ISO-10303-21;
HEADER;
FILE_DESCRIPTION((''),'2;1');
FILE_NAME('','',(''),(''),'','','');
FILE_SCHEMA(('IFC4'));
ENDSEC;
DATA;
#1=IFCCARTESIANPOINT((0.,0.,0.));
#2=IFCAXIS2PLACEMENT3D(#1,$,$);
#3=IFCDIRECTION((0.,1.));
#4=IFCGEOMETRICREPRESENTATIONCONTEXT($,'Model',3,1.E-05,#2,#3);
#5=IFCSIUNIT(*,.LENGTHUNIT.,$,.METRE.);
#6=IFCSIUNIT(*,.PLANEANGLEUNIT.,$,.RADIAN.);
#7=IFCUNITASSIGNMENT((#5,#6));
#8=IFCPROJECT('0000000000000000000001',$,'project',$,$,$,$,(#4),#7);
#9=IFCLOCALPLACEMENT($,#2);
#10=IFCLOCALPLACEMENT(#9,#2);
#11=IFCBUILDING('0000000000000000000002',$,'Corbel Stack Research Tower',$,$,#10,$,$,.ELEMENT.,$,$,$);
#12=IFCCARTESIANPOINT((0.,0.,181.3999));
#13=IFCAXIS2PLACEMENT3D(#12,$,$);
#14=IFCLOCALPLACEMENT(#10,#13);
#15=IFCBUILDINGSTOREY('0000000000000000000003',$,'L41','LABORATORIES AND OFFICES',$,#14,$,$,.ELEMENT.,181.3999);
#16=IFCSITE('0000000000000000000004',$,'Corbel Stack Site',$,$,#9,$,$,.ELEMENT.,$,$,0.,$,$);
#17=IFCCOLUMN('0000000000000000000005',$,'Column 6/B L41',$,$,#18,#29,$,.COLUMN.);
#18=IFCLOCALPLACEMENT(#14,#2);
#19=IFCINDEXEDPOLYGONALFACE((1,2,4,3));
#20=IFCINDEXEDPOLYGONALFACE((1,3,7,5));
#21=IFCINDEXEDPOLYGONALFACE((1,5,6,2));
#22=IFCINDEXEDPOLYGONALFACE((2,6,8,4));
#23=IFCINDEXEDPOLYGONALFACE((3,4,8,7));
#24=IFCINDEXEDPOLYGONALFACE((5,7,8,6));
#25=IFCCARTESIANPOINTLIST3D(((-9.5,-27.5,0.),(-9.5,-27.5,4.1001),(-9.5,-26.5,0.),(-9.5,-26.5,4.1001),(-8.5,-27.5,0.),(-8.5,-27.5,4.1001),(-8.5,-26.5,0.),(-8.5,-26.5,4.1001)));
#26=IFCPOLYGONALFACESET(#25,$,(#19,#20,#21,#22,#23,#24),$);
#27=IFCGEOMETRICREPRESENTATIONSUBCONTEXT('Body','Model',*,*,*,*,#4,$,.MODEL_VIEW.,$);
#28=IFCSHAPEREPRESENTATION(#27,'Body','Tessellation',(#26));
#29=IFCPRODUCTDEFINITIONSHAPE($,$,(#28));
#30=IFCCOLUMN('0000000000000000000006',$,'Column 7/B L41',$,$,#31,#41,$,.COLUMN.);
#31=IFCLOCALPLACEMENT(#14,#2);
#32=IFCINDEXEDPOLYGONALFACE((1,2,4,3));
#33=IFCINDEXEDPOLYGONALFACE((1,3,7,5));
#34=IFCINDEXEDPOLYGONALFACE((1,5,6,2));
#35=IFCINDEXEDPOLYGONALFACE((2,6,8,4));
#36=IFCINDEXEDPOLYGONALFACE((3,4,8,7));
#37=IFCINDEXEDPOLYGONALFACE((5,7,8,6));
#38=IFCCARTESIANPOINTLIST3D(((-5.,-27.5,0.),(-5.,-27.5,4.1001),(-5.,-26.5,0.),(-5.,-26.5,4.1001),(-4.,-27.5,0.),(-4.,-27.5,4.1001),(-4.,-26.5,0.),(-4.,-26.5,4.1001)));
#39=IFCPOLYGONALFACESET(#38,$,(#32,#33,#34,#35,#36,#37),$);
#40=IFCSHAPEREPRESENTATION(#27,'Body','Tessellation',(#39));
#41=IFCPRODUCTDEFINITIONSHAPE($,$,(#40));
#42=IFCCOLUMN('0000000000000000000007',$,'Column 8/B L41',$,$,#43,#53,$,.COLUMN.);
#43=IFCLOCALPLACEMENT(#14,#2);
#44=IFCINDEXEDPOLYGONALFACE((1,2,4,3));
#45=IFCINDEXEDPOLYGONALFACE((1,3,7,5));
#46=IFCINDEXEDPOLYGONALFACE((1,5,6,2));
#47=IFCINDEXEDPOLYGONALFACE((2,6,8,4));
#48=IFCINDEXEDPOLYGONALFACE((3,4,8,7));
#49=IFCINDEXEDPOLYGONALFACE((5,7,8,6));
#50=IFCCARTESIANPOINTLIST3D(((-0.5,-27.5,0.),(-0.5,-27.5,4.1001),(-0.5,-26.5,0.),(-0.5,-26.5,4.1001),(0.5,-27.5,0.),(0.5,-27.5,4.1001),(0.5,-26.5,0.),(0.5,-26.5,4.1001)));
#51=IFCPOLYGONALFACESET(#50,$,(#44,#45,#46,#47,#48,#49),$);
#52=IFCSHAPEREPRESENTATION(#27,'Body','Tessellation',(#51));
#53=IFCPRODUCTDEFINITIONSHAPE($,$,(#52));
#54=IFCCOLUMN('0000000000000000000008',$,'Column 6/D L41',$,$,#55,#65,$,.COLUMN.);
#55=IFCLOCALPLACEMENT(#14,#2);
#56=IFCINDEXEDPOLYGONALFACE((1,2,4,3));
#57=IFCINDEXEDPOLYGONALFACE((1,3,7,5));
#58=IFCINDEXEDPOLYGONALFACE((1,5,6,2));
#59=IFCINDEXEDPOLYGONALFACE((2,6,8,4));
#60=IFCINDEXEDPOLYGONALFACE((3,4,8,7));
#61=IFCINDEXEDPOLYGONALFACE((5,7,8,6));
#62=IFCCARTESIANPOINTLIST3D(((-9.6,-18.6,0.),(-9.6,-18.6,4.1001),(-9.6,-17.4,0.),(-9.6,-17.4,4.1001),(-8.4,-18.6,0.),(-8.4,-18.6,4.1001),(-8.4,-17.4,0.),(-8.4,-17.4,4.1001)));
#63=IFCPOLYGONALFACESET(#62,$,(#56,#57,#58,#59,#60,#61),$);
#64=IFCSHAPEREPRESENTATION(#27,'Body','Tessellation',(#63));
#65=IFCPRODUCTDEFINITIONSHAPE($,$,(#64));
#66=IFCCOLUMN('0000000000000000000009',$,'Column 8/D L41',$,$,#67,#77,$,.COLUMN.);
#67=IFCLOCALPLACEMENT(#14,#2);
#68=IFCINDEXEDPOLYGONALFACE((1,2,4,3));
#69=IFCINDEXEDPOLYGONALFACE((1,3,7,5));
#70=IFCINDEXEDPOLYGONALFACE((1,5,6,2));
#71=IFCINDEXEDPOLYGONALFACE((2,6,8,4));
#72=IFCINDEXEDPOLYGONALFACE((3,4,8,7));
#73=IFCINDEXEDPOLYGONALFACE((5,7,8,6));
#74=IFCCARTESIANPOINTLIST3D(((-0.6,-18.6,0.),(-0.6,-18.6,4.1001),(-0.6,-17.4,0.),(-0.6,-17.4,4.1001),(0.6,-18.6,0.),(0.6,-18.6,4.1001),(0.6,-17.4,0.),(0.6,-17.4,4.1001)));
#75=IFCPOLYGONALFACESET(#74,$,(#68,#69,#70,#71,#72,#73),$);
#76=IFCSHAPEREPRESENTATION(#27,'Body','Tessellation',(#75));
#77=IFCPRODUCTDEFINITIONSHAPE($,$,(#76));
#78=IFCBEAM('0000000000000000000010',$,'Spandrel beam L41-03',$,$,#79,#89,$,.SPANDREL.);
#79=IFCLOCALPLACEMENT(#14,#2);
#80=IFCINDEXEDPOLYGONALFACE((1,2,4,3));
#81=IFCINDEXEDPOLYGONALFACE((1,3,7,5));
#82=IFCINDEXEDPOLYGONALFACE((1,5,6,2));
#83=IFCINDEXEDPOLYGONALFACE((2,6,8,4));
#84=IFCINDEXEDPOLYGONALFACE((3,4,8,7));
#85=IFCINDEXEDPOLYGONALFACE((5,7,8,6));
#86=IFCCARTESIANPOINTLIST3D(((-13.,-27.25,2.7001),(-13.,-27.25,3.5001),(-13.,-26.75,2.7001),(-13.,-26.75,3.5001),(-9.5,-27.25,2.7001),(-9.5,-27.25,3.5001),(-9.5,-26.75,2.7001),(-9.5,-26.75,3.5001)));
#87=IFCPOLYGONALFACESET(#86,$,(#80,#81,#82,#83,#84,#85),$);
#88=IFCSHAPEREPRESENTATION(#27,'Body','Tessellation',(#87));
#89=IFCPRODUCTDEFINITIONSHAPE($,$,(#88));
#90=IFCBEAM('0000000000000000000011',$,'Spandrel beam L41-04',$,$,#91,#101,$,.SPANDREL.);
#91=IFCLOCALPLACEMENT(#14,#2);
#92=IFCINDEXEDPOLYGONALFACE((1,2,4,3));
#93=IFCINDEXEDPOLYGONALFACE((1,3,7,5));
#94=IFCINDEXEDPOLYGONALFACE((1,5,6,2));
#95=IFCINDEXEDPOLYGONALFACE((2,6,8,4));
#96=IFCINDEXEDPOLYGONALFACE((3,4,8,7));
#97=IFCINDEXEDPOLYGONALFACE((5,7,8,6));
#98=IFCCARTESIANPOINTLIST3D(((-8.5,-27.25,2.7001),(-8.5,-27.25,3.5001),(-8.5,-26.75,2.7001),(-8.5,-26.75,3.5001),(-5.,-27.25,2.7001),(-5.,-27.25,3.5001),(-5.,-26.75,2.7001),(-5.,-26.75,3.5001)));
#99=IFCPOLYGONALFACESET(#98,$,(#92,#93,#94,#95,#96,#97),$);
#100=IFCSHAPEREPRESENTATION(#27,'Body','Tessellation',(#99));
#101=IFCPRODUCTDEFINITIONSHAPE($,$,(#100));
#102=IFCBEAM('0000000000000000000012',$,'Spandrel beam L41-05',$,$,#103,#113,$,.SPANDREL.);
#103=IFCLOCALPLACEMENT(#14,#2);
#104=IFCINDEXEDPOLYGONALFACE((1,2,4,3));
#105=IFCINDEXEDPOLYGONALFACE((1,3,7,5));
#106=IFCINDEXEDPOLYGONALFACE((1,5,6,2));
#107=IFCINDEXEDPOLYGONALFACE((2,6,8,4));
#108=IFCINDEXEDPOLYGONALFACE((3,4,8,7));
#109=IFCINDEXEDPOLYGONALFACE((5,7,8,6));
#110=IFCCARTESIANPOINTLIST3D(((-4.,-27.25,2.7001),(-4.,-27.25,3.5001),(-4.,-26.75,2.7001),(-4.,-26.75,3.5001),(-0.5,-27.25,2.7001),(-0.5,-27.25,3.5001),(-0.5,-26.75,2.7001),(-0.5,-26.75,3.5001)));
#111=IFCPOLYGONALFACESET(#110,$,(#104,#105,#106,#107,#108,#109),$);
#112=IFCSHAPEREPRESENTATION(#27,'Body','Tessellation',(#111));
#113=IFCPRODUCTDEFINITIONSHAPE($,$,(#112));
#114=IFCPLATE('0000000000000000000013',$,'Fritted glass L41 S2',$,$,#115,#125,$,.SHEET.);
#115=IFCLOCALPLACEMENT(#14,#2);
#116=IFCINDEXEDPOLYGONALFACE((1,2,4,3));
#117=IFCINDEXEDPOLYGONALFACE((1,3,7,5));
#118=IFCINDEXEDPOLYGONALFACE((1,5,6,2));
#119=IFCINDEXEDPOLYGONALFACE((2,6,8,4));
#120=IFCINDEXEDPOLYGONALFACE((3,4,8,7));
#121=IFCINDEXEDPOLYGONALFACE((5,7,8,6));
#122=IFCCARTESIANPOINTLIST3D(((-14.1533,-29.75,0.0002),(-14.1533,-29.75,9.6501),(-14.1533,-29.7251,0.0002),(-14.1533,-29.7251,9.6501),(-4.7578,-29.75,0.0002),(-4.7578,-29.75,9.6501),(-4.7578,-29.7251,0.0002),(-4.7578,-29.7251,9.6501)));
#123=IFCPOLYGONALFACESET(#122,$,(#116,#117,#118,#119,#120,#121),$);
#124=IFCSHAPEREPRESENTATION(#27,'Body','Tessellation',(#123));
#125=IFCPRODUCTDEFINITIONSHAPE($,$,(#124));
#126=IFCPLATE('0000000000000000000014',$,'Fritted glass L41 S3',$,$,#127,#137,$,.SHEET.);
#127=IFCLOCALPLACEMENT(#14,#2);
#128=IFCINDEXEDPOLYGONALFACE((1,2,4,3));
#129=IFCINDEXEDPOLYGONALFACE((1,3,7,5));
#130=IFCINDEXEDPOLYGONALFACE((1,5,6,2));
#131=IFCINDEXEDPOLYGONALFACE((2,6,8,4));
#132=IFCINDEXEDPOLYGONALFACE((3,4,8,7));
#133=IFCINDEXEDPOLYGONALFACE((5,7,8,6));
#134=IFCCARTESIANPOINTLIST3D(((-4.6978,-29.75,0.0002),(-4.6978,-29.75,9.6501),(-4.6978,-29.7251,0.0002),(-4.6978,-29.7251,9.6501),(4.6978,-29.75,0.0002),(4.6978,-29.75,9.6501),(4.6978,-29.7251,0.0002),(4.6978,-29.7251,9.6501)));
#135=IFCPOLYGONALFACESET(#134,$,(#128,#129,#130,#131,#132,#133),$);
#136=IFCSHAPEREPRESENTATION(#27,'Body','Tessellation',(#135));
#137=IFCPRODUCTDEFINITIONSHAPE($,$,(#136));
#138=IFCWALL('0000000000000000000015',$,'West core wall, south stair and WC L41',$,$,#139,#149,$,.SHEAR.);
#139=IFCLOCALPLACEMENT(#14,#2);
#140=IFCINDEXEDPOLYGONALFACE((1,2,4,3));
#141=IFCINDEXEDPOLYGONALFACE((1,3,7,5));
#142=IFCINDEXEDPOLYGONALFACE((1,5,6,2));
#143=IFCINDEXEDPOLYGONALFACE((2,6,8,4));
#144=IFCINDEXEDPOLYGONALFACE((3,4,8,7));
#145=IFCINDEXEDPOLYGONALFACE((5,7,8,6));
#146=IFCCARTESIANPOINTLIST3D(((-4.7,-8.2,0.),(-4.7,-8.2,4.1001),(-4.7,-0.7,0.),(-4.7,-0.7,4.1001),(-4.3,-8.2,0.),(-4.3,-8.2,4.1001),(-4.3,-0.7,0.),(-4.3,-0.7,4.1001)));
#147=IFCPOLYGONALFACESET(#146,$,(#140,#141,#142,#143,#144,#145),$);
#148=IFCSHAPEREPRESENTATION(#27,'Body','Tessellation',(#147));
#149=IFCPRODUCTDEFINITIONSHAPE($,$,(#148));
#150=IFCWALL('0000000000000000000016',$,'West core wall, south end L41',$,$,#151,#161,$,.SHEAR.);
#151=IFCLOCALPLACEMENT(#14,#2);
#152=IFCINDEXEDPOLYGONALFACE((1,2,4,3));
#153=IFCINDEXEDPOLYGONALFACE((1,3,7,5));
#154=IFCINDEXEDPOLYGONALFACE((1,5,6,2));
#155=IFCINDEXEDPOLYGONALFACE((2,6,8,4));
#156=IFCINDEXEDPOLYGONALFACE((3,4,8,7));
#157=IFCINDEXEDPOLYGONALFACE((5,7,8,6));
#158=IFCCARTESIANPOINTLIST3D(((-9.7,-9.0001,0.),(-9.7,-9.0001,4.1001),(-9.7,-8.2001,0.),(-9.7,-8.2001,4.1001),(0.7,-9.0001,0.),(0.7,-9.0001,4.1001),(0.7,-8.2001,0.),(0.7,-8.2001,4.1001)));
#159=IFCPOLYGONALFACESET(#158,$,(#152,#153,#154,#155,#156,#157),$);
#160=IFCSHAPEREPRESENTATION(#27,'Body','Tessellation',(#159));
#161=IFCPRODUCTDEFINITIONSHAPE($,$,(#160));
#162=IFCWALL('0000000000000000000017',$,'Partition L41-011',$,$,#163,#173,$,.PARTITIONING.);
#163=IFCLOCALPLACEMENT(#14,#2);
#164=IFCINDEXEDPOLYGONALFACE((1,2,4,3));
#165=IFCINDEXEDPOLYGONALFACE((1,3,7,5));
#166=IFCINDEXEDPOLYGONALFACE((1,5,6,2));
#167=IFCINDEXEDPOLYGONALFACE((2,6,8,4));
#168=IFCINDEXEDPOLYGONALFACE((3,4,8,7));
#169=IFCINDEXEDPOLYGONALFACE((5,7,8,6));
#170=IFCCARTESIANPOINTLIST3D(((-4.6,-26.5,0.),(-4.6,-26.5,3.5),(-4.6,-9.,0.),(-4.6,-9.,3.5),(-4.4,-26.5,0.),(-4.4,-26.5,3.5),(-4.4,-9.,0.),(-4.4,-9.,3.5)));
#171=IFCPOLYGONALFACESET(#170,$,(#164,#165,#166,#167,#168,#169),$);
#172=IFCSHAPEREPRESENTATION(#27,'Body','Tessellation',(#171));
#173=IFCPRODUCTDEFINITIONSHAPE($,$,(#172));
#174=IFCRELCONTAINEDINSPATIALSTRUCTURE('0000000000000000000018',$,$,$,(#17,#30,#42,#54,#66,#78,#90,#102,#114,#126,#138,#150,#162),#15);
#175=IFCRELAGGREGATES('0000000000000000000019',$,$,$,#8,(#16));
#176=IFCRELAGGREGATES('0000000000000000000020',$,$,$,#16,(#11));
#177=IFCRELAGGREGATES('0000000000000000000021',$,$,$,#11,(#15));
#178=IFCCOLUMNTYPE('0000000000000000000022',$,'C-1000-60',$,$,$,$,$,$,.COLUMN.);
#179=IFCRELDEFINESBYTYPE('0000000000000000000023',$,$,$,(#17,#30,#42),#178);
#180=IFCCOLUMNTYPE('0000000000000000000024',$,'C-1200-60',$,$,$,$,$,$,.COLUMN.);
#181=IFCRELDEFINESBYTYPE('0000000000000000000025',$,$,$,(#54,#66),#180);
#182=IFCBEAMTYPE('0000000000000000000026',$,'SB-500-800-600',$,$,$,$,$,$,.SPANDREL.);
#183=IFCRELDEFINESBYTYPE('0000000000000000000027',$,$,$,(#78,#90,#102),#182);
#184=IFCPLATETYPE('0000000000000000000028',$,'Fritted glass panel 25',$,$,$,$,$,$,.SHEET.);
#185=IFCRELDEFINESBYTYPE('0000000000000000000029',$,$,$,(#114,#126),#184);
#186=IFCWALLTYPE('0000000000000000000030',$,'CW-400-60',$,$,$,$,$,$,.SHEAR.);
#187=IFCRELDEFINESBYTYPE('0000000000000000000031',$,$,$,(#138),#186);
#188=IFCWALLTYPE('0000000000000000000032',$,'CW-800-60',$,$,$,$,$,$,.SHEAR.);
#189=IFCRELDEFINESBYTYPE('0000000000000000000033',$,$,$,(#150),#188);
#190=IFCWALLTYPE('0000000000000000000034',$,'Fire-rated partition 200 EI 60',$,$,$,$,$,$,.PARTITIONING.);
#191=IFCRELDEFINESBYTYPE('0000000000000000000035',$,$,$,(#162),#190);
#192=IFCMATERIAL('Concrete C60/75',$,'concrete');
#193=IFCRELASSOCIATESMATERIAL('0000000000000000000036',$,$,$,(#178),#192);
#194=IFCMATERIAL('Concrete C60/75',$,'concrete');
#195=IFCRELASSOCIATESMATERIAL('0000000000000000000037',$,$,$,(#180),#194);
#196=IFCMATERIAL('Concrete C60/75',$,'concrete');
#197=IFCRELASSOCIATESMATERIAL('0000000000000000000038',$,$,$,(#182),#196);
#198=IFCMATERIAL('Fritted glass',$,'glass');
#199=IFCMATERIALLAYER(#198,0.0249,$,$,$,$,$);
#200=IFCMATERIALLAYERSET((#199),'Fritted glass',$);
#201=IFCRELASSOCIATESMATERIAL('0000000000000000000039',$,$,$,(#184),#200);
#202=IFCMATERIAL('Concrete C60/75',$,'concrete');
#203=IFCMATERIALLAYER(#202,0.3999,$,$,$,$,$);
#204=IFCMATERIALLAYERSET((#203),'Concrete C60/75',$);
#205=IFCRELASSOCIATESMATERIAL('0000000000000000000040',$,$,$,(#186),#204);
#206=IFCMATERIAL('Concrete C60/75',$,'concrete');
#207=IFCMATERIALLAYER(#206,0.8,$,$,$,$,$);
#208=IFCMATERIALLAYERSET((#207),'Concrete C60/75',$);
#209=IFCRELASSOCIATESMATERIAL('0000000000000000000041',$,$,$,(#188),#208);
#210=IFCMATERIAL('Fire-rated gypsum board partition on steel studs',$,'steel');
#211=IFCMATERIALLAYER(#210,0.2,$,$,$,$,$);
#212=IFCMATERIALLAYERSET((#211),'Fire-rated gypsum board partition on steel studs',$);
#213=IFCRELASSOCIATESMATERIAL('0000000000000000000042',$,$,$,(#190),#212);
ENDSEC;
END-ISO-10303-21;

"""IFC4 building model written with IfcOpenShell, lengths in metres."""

from ifc_helpers import new_model, si_unit, direction, frame, frame_2d, origin, origin_2d, place, context, subcontext, project, spatial, rectangle, extrude, material, layer, layer_set, material_profile, profile_set, type_object, element, save


model = new_model("IFC4")

# Units and contexts
model_context = context("Model", 3, precision=1e-05, world=origin(), true_north=direction((0.0, 1.0)))
body_context = subcontext(model_context, "Body", "Model", "MODEL_VIEW")
ifc_project = project(units=[si_unit("LENGTHUNIT", "METRE"), si_unit("PLANEANGLEUNIT", "RADIAN")], contexts=[model_context])

# Site, building, storey
site_placement = place(None, origin())
site = spatial("IfcSite", under=ifc_project, at=site_placement, Name="Corbel Stack Site", CompositionType="ELEMENT", RefElevation=0.0)
building_placement = place(site_placement, origin())
building = spatial("IfcBuilding", under=site, at=building_placement, Name="Corbel Stack Research Tower", CompositionType="ELEMENT")
storey_placement = place(building_placement, frame((0.0, 0.0, 181.3999)))
storey = spatial("IfcBuildingStorey", under=building, at=storey_placement, Name="L41", Description="LABORATORIES AND OFFICES", CompositionType="ELEMENT", Elevation=181.3999)

# Columns
ifc_material_1 = material(Name="Concrete C60/75", Category="concrete")
ifc_material_profile_1 = material_profile(ifc_material_1, rectangle(XDim=1.0, YDim=1.0, at=origin_2d()), Name="RC 1000 x 1000")
ifc_profile_set_1 = profile_set([ifc_material_profile_1], Name="Concrete C60/75")
column_type_1 = type_object("IfcColumnType", Name="C-1000-60", PredefinedType="COLUMN", material=ifc_profile_set_1)
for number, where, z_axis, x_axis, name in (
    (1, (-9.0, -27.0, 0.0), (0.0, 0.0, 1.0), (1.0, 0.0, 0.0), "Column 6/B L41"),
    (2, (-4.5, -27.0, 0.0), (0.0, 0.0, 1.0), (1.0, 0.0, 0.0), "Column 7/B L41"),
    (3, (0.0, -27.0, 0.0), (0.0, 0.0, 1.0), (1.0, 0.0, 0.0), "Column 8/B L41"),
):
    element("IfcColumn", number, at=place(storey_placement, frame(where, z_axis=z_axis, x_axis=x_axis)), inside=storey, type_object=column_type_1, Name=name, PredefinedType="COLUMN", context=body_context, shape_type="SweptSolid", body=[
        extrude(rectangle(XDim=1.0, YDim=1.0, at=origin_2d()), origin(), (0.0, 0.0, 1.0), 4.1001),
    ])
ifc_material_2 = material(Name="Concrete C60/75", Category="concrete")
ifc_material_profile_2 = material_profile(ifc_material_2, rectangle(XDim=1.2, YDim=1.2, at=origin_2d()), Name="RC 1200 x 1200")
ifc_profile_set_2 = profile_set([ifc_material_profile_2], Name="Concrete C60/75")
column_type_2 = type_object("IfcColumnType", Name="C-1200-60", PredefinedType="COLUMN", material=ifc_profile_set_2)
for number, where, z_axis, x_axis, name in (
    (4, (-9.0, -18.0, 0.0), (0.0, 0.0, 1.0), (1.0, 0.0, 0.0), "Column 6/D L41"),
    (5, (0.0, -18.0, 0.0), (0.0, 0.0, 1.0), (1.0, 0.0, 0.0), "Column 8/D L41"),
):
    element("IfcColumn", number, at=place(storey_placement, frame(where, z_axis=z_axis, x_axis=x_axis)), inside=storey, type_object=column_type_2, Name=name, PredefinedType="COLUMN", context=body_context, shape_type="SweptSolid", body=[
        extrude(rectangle(XDim=1.2, YDim=1.2, at=origin_2d()), origin(), (0.0, 0.0, 1.0), 4.1001),
    ])

# Beams
ifc_material_3 = material(Name="Concrete C60/75", Category="concrete")
ifc_material_profile_3 = material_profile(ifc_material_3, rectangle(XDim=0.5, YDim=0.8, at=origin_2d()), Name="RC 500 x 800")
ifc_profile_set_3 = profile_set([ifc_material_profile_3], Name="Concrete C60/75")
beam_type = type_object("IfcBeamType", Name="SB-500-800-600", PredefinedType="SPANDREL", material=ifc_profile_set_3)
for number, where, z_axis, x_axis, name in (
    (6, (-13.0, -27.0, 3.1001), (1.0, 0.0, 0.0), (0.0, 1.0, 0.0), "Spandrel beam L41-03"),
    (7, (-8.5, -27.0, 3.1001), (1.0, 0.0, 0.0), (0.0, 1.0, 0.0), "Spandrel beam L41-04"),
    (8, (-4.0, -27.0, 3.1001), (1.0, 0.0, 0.0), (0.0, 1.0, 0.0), "Spandrel beam L41-05"),
):
    element("IfcBeam", number, at=place(storey_placement, frame(where, z_axis=z_axis, x_axis=x_axis)), inside=storey, type_object=beam_type, Name=name, PredefinedType="SPANDREL", context=body_context, shape_type="SweptSolid", body=[
        extrude(rectangle(XDim=0.5, YDim=0.8, at=origin_2d()), origin(), (0.0, 0.0, 1.0), 3.5),
    ])

# Plates
ifc_material_4 = material(Name="Fritted glass", Category="glass")
ifc_layer_1 = layer(ifc_material_4, 0.0249)
ifc_layer_set_1 = layer_set([ifc_layer_1], Name="Fritted glass")
plate_type = type_object("IfcPlateType", Name="Fritted glass panel 25", PredefinedType="SHEET", material=ifc_layer_set_1)
for number, where, z_axis, x_axis, name in (
    (9, (-9.4556, -29.7375, 0.0002), (0.0, 0.0, 1.0), (1.0, 0.0, 0.0), "Fritted glass L41 S2"),
    (10, (0.0, -29.7375, 0.0002), (0.0, 0.0, 1.0), (1.0, 0.0, 0.0), "Fritted glass L41 S3"),
):
    element("IfcPlate", number, at=place(storey_placement, frame(where, z_axis=z_axis, x_axis=x_axis)), inside=storey, type_object=plate_type, Name=name, PredefinedType="SHEET", context=body_context, shape_type="SweptSolid", body=[
        extrude(rectangle(XDim=9.3955, YDim=0.0249, at=origin_2d()), origin(), (0.0, 0.0, 1.0), 9.6499),
    ])

# Wall
ifc_material_5 = material(Name="Concrete C60/75", Category="concrete")
ifc_layer_2 = layer(ifc_material_5, 0.3999)
ifc_layer_set_2 = layer_set([ifc_layer_2], Name="Concrete C60/75")
wall_type_1 = type_object("IfcWallType", Name="CW-400-60", PredefinedType="SHEAR", material=ifc_layer_set_2)
wall_1_placement = place(storey_placement, frame((-4.5, -8.2, 0.0), z_axis=(0.0, 0.0, 1.0), x_axis=(0.0, 1.0, 0.0)))
element("IfcWall", 11, at=wall_1_placement, inside=storey, type_object=wall_type_1, Name="West core wall, south stair and WC L41", PredefinedType="SHEAR", context=body_context, shape_type="SweptSolid", body=[
    extrude(rectangle(XDim=7.5, YDim=0.3999, at=frame_2d((3.75, 0.0))), origin(), (0.0, 0.0, 1.0), 4.1001),
])

# Shared definitions
ifc_material_6 = material(Name="Concrete C60/75", Category="concrete")
ifc_layer_3 = layer(ifc_material_6, 0.8)
ifc_layer_set_3 = layer_set([ifc_layer_3], Name="Concrete C60/75")
wall_type_2 = type_object("IfcWallType", Name="CW-800-60", PredefinedType="SHEAR", material=ifc_layer_set_3)

# Walls
wall_2_placement = place(storey_placement, frame((-9.7, -8.6001, 0.0), z_axis=(0.0, 0.0, 1.0), x_axis=(1.0, 0.0, 0.0)))
element("IfcWall", 12, at=wall_2_placement, inside=storey, type_object=wall_type_2, Name="West core wall, south end L41", PredefinedType="SHEAR", context=body_context, shape_type="SweptSolid", body=[
    extrude(rectangle(XDim=10.3999, YDim=0.8, at=frame_2d((5.2, 0.0))), origin(), (0.0, 0.0, 1.0), 4.1001),
])
ifc_material_7 = material(Name="Fire-rated gypsum board partition on steel studs", Category="steel")
ifc_layer_4 = layer(ifc_material_7, 0.2)
ifc_layer_set_4 = layer_set([ifc_layer_4], Name="Fire-rated gypsum board partition on steel studs")
wall_type_3 = type_object("IfcWallType", Name="Fire-rated partition 200 EI 60", PredefinedType="PARTITIONING", material=ifc_layer_set_4)
wall_3_placement = place(storey_placement, frame((-4.5, -26.5, 0.0), z_axis=(0.0, 0.0, 1.0), x_axis=(0.0, 1.0, 0.0)))
element("IfcWall", 13, at=wall_3_placement, inside=storey, type_object=wall_type_3, Name="Partition L41-011", PredefinedType="PARTITIONING", context=body_context, shape_type="SweptSolid", body=[
    extrude(rectangle(XDim=17.5, YDim=0.2, at=frame_2d((8.75, 0.0))), origin(), (0.0, 0.0, 1.0), 3.5),
])

save(model, "model.ifc")
